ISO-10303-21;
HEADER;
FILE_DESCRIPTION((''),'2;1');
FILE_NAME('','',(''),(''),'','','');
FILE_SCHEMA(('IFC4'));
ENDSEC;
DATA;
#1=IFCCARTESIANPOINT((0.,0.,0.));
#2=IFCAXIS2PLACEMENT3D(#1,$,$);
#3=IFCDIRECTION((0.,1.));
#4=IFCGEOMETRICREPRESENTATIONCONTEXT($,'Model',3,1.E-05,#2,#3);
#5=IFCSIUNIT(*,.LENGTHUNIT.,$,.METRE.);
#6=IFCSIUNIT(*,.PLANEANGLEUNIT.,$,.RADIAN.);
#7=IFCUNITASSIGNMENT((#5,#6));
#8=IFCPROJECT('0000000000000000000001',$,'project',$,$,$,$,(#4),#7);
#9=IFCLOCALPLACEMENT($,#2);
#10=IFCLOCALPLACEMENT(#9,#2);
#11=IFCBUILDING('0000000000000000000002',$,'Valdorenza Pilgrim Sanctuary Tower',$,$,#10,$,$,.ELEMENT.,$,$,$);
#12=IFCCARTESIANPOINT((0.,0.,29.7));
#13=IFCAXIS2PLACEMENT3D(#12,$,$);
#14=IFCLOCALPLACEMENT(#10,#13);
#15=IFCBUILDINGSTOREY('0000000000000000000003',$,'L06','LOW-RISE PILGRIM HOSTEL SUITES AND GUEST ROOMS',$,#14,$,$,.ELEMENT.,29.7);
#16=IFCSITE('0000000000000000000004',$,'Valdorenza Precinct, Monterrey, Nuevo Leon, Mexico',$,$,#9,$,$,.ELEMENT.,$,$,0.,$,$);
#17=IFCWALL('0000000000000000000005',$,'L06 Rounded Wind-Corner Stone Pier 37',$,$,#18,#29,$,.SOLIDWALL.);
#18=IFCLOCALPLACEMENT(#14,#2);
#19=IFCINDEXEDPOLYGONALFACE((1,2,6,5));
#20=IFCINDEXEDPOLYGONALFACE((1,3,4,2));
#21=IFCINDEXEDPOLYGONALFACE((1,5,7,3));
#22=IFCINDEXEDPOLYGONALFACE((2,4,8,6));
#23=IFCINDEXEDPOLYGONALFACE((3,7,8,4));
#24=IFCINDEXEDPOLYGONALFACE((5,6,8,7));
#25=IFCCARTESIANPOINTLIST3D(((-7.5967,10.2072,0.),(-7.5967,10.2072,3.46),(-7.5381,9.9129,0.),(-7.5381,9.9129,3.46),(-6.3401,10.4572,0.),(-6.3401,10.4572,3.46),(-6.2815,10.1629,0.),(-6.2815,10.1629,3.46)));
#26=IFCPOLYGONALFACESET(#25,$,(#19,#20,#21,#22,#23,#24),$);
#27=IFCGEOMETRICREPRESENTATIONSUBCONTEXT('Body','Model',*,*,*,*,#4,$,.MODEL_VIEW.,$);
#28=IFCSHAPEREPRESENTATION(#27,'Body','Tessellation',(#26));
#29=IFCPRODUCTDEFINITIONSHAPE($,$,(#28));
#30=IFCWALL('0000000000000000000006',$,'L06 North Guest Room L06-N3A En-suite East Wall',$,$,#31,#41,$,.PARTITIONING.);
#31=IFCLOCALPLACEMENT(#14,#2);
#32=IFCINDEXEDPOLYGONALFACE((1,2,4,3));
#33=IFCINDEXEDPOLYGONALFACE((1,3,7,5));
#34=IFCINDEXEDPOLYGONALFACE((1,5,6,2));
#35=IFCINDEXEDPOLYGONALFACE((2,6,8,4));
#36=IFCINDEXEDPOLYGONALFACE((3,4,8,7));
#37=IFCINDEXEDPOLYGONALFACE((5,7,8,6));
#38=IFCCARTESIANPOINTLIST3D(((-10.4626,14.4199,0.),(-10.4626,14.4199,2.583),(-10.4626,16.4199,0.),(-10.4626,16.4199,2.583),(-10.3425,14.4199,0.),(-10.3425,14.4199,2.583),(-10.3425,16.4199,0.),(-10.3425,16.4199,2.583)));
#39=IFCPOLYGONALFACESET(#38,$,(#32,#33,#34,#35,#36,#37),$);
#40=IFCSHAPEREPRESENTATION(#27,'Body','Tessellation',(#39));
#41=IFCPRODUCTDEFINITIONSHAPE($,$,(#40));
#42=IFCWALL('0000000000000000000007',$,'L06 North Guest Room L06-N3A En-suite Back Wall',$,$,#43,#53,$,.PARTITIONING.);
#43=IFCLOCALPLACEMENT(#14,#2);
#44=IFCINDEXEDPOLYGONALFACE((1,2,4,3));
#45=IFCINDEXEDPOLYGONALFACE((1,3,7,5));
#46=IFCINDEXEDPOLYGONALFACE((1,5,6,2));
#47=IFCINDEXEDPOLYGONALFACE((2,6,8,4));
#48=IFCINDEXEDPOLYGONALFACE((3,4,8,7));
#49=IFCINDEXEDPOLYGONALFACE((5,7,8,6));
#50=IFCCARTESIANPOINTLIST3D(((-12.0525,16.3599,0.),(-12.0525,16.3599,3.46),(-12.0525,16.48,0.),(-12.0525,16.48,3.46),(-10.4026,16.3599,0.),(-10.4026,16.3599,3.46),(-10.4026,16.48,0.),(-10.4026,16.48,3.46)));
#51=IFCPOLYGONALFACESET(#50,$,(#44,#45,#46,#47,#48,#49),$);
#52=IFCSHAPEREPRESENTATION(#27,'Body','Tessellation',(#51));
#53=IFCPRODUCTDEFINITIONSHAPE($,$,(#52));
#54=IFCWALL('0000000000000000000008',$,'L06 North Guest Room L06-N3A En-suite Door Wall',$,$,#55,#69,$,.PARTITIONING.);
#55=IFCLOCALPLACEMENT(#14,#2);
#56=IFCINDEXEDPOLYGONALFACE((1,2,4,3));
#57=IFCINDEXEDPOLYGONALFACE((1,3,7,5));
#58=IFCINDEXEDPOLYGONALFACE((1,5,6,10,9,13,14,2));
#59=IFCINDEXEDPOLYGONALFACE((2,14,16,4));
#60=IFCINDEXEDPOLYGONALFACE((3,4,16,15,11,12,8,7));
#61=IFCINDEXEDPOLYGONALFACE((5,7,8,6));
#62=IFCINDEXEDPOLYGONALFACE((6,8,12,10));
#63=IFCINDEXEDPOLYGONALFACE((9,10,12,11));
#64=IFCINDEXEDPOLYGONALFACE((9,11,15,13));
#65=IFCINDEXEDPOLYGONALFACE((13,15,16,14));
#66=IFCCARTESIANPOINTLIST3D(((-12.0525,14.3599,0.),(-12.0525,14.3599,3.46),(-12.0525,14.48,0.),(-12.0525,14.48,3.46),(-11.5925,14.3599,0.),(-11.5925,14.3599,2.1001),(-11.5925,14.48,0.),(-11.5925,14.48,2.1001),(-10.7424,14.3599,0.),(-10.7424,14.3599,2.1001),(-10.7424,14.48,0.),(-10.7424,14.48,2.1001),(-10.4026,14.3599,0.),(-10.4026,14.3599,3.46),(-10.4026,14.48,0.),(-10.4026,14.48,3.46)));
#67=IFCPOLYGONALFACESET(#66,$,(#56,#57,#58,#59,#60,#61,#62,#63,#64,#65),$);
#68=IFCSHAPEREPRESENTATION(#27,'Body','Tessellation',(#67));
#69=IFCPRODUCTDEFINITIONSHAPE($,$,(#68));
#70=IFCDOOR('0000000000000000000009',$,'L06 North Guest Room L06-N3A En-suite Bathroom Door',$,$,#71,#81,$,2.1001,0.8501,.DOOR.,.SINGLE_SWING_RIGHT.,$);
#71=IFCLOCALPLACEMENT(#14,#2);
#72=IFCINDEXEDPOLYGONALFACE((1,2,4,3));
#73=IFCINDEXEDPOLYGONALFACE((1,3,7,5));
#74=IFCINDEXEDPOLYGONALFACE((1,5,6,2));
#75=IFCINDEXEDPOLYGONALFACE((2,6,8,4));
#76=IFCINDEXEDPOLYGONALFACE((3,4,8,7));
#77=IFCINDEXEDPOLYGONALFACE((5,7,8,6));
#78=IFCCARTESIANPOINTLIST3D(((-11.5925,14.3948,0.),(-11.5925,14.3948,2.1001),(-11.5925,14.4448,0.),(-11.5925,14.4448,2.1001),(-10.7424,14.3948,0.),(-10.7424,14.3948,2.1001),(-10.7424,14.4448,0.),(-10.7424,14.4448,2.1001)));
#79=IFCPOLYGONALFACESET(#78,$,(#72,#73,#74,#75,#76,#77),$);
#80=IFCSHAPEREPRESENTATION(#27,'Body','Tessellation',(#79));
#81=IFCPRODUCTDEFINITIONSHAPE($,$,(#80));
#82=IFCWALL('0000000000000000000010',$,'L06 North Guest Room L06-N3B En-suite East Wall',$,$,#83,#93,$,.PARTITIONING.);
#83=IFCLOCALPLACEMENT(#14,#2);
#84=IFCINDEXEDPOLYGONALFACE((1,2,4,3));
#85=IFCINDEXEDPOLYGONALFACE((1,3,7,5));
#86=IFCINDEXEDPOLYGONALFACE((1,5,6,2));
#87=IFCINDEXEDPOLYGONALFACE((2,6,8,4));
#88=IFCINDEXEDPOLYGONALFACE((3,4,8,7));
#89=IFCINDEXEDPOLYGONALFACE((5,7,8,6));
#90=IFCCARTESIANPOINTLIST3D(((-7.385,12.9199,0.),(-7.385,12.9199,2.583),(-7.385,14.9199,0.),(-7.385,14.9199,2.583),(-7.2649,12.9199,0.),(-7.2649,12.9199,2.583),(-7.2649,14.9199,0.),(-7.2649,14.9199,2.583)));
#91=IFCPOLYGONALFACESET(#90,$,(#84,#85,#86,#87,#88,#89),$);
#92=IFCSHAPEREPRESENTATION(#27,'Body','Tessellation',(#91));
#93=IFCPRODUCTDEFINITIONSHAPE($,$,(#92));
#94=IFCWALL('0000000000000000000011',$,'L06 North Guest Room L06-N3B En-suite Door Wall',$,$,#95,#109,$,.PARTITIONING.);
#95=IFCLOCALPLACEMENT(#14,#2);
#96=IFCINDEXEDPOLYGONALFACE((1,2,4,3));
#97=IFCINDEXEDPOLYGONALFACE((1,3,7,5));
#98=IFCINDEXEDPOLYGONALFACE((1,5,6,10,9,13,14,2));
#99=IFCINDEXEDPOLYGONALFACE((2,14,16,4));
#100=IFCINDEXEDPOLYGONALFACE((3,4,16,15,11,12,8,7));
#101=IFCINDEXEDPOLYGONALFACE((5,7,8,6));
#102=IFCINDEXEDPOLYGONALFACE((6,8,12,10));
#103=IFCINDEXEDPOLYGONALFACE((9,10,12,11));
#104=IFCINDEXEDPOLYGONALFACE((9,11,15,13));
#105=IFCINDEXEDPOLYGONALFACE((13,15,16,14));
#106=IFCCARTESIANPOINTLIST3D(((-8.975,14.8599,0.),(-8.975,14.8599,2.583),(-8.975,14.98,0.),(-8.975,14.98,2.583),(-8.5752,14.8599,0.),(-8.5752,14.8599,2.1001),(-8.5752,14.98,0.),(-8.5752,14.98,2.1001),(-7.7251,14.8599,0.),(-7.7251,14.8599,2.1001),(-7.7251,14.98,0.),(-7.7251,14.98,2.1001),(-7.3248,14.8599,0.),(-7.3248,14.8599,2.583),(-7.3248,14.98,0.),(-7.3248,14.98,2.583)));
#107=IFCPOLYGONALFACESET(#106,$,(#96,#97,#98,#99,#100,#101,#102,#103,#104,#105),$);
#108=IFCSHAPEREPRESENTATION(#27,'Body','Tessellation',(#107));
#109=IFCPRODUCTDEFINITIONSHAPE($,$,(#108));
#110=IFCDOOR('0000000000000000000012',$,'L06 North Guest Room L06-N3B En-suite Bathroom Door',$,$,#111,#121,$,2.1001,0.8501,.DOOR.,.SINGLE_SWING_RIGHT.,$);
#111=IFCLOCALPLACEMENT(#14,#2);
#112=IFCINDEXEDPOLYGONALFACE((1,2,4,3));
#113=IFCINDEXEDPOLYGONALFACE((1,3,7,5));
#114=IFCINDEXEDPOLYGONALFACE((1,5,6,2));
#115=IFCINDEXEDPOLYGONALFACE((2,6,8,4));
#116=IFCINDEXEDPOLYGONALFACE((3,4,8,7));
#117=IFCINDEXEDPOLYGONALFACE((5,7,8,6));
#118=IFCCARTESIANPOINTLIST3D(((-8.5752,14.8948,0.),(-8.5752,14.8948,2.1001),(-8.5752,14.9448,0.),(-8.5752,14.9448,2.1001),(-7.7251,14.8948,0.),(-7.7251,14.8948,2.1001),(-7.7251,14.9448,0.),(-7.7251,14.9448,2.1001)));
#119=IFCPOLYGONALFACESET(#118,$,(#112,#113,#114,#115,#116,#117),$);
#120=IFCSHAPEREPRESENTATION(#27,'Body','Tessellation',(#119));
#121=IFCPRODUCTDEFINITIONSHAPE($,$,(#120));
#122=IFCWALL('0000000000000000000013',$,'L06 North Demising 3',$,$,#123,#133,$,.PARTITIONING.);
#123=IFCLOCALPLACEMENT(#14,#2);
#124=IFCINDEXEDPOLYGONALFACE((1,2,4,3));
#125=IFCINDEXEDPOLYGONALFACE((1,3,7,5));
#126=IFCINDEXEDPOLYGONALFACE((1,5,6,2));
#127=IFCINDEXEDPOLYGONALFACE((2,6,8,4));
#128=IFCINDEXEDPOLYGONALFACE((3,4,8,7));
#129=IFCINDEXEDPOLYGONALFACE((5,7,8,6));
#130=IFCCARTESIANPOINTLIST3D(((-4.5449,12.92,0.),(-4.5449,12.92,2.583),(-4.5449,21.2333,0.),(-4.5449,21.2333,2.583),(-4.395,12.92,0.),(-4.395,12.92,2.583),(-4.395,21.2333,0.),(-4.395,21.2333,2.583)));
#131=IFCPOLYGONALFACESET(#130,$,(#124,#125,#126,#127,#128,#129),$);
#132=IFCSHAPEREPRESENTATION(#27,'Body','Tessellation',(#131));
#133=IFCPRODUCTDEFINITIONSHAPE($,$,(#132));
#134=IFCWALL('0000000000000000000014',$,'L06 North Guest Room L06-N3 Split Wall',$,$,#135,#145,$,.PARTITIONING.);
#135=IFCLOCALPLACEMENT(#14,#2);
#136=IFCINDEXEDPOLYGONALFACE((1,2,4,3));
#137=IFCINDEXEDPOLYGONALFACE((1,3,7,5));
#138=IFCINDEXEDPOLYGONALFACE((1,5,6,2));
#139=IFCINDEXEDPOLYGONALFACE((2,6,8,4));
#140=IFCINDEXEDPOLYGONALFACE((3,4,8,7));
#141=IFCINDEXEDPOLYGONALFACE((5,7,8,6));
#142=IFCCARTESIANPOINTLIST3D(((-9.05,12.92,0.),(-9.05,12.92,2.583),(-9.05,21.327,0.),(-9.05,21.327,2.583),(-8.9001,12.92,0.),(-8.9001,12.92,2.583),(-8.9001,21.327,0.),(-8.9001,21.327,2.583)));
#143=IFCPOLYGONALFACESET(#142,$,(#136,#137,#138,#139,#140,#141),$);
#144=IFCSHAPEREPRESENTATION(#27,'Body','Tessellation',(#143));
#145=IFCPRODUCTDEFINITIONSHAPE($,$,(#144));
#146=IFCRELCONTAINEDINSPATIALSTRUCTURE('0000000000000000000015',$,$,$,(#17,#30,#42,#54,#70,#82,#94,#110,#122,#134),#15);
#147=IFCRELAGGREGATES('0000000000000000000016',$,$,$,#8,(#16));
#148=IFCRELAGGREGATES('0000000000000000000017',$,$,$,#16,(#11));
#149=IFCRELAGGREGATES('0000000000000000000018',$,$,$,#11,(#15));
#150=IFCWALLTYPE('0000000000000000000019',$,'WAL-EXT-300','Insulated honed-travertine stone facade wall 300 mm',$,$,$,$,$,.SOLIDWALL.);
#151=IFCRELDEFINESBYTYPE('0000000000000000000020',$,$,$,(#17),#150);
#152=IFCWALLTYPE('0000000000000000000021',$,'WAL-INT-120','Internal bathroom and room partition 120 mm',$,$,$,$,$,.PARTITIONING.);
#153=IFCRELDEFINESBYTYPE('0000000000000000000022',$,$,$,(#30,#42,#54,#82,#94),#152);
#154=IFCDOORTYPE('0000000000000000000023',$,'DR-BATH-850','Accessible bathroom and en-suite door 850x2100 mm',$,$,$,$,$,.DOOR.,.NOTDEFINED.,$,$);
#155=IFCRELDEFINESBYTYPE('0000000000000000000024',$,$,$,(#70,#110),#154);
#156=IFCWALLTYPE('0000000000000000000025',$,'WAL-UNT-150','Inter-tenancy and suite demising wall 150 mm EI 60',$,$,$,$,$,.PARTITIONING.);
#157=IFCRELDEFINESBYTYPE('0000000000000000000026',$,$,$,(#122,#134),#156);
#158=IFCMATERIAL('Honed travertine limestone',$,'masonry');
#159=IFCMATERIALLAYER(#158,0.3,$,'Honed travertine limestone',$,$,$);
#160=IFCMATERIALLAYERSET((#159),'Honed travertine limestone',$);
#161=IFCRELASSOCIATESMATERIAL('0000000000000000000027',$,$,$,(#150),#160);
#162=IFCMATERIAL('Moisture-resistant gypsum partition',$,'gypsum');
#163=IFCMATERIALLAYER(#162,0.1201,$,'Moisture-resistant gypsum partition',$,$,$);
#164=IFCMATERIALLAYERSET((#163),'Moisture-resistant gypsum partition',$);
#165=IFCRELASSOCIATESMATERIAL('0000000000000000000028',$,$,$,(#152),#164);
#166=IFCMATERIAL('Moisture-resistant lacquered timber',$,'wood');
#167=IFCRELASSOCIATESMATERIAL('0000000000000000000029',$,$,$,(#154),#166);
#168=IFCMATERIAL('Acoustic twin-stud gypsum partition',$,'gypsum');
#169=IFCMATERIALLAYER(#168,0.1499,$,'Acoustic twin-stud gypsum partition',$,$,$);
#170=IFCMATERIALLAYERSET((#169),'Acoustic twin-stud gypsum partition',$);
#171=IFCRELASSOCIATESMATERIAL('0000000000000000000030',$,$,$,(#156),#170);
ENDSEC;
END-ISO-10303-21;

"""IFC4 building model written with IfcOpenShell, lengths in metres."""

from ifc_helpers import new_model, si_unit, direction, frame, frame_2d, origin, place, context, subcontext, project, spatial, rectangle, extrude, material, layer, layer_set, type_object, element, fill, save


model = new_model("IFC4")

# Units and contexts
model_context = context("Model", 3, precision=1e-05, world=origin(), true_north=direction((0.0, 1.0)))
body_context = subcontext(model_context, "Body", "Model", "MODEL_VIEW")
ifc_project = project(units=[si_unit("LENGTHUNIT", "METRE"), si_unit("PLANEANGLEUNIT", "RADIAN")], contexts=[model_context])

# Site, building, storey
site_placement = place(None, origin())
site = spatial("IfcSite", under=ifc_project, at=site_placement, Name="Valdorenza Precinct, Monterrey, Nuevo Leon, Mexico", CompositionType="ELEMENT", RefElevation=0.0)
building_placement = place(site_placement, origin())
building = spatial("IfcBuilding", under=site, at=building_placement, Name="Valdorenza Pilgrim Sanctuary Tower", CompositionType="ELEMENT")
storey_placement = place(building_placement, frame((0.0, 0.0, 29.7)))
storey = spatial("IfcBuildingStorey", under=building, at=storey_placement, Name="L06", Description="LOW-RISE PILGRIM HOSTEL SUITES AND GUEST ROOMS", CompositionType="ELEMENT", Elevation=29.7)

# Shared definitions
ifc_material_1 = material(Name="Honed travertine limestone", Category="masonry")

# Walls
ifc_layer_1 = layer(ifc_material_1, 0.3, Name="Honed travertine limestone")
ifc_layer_set_1 = layer_set([ifc_layer_1], Name="Honed travertine limestone")
wall_type_1 = type_object("IfcWallType", Name="WAL-EXT-300", Description="Insulated honed-travertine stone facade wall 300 mm", PredefinedType="SOLIDWALL", material=ifc_layer_set_1)
wall_1_placement = place(storey_placement, frame((-6.3108, 10.3101, 0.0), z_axis=(0.0, 0.0, 1.0), x_axis=(-0.980778, -0.195127, 0.0)))
element("IfcWall", 1, at=wall_1_placement, inside=storey, type_object=wall_type_1, Name="L06 Rounded Wind-Corner Stone Pier 37", PredefinedType="SOLIDWALL", context=body_context, shape_type="SweptSolid", body=[
    extrude(rectangle(XDim=1.2812, YDim=0.3, at=frame_2d((0.6406, 0.0))), origin(), (0.0, 0.0, 1.0), 3.46),
])
ifc_material_2 = material(Name="Moisture-resistant gypsum partition", Category="gypsum")
ifc_layer_2 = layer(ifc_material_2, 0.1201, Name="Moisture-resistant gypsum partition")
ifc_layer_set_2 = layer_set([ifc_layer_2], Name="Moisture-resistant gypsum partition")
wall_type_2 = type_object("IfcWallType", Name="WAL-INT-120", Description="Internal bathroom and room partition 120 mm", PredefinedType="PARTITIONING", material=ifc_layer_set_2)
wall_2_placement = place(storey_placement, frame((-10.4026, 14.4199, 0.0), z_axis=(0.0, 0.0, 1.0), x_axis=(0.0, 1.0, 0.0)))
element("IfcWall", 2, at=wall_2_placement, inside=storey, type_object=wall_type_2, Name="L06 North Guest Room L06-N3A En-suite East Wall", PredefinedType="PARTITIONING", context=body_context, shape_type="SweptSolid", body=[
    extrude(rectangle(XDim=2.0, YDim=0.1201, at=frame_2d((1.0, 0.0))), origin(), (0.0, 0.0, 1.0), 2.583),
])
wall_3_placement = place(storey_placement, frame((-12.0525, 16.4199, 0.0), z_axis=(0.0, 0.0, 1.0), x_axis=(1.0, 0.0, 0.0)))
element("IfcWall", 3, at=wall_3_placement, inside=storey, type_object=wall_type_2, Name="L06 North Guest Room L06-N3A En-suite Back Wall", PredefinedType="PARTITIONING", context=body_context, shape_type="SweptSolid", body=[
    extrude(rectangle(XDim=1.6499, YDim=0.1201, at=frame_2d((0.825, 0.0))), origin(), (0.0, 0.0, 1.0), 3.46),
])

# Wall, opening, door
wall_4_placement = place(storey_placement, frame((-12.0525, 14.4199, 0.0), z_axis=(0.0, 0.0, 1.0), x_axis=(1.0, 0.0, 0.0)))
wall_4 = element("IfcWall", 4, at=wall_4_placement, inside=storey, type_object=wall_type_2, Name="L06 North Guest Room L06-N3A En-suite Door Wall", PredefinedType="PARTITIONING", context=body_context, shape_type="SweptSolid", body=[
    extrude(rectangle(XDim=1.6499, YDim=0.1201, at=frame_2d((0.825, 0.0))), origin(), (0.0, 0.0, 1.0), 3.46),
])
opening_1_placement = place(wall_4_placement, frame((0.46, 0.0, 0.0)))
opening_1 = element("IfcOpeningElement", 5, at=opening_1_placement, cuts=wall_4, PredefinedType="OPENING", context=body_context, shape_type="SweptSolid", body=[
    extrude(rectangle(XDim=0.8501, YDim=2.1001, at=frame_2d((0.425, 1.05))), frame((0.0, 0.075, 0.0), z_axis=(0.0, -1.0, 0.0), x_axis=(1.0, 0.0, 0.0)), (0.0, 0.0, 1.0), 0.1499),
])
ifc_material_3 = material(Name="Moisture-resistant lacquered timber", Category="wood")
door_type = type_object("IfcDoorType", Name="DR-BATH-850", Description="Accessible bathroom and en-suite door 850x2100 mm", OperationType="NOTDEFINED", PredefinedType="DOOR", material=ifc_material_3)
door_1_placement = place(opening_1_placement, origin())
door_1 = element("IfcDoor", 6, at=door_1_placement, inside=storey, type_object=door_type, Name="L06 North Guest Room L06-N3A En-suite Bathroom Door", OperationType="SINGLE_SWING_RIGHT", OverallHeight=2.1001, OverallWidth=0.8501, PredefinedType="DOOR", context=body_context, shape_type="SweptSolid", body=[
    extrude(rectangle(XDim=0.8501, YDim=2.1001, at=frame_2d((0.425, 1.05))), frame((0.0, 0.0249, 0.0), z_axis=(0.0, -1.0, 0.0), x_axis=(1.0, 0.0, 0.0)), (0.0, 0.0, 1.0), 0.05),
])
fill(opening_1, door_1)

# Wall
wall_5_placement = place(storey_placement, frame((-7.325, 12.9199, 0.0), z_axis=(0.0, 0.0, 1.0), x_axis=(0.0, 1.0, 0.0)))
element("IfcWall", 7, at=wall_5_placement, inside=storey, type_object=wall_type_2, Name="L06 North Guest Room L06-N3B En-suite East Wall", PredefinedType="PARTITIONING", context=body_context, shape_type="SweptSolid", body=[
    extrude(rectangle(XDim=2.0, YDim=0.1201, at=frame_2d((1.0, 0.0))), origin(), (0.0, 0.0, 1.0), 2.583),
])

# Wall, opening, door
wall_6_placement = place(storey_placement, frame((-8.9751, 14.9199, 0.0), z_axis=(0.0, 0.0, 1.0), x_axis=(1.0, 0.0, 0.0)))
wall_6 = element("IfcWall", 8, at=wall_6_placement, inside=storey, type_object=wall_type_2, Name="L06 North Guest Room L06-N3B En-suite Door Wall", PredefinedType="PARTITIONING", context=body_context, shape_type="SweptSolid", body=[
    extrude(rectangle(XDim=1.6501, YDim=0.1201, at=frame_2d((0.8252, 0.0))), origin(), (0.0, 0.0, 1.0), 2.583),
])
opening_2_placement = place(wall_6_placement, frame((0.3999, 0.0, 0.0)))
opening_2 = element("IfcOpeningElement", 9, at=opening_2_placement, cuts=wall_6, PredefinedType="OPENING", context=body_context, shape_type="SweptSolid", body=[
    extrude(rectangle(XDim=0.8501, YDim=2.1001, at=frame_2d((0.425, 1.05))), frame((0.0, 0.075, 0.0), z_axis=(0.0, -1.0, 0.0), x_axis=(1.0, 0.0, 0.0)), (0.0, 0.0, 1.0), 0.1499),
])
door_2_placement = place(opening_2_placement, origin())
door_2 = element("IfcDoor", 10, at=door_2_placement, inside=storey, type_object=door_type, Name="L06 North Guest Room L06-N3B En-suite Bathroom Door", OperationType="SINGLE_SWING_RIGHT", OverallHeight=2.1001, OverallWidth=0.8501, PredefinedType="DOOR", context=body_context, shape_type="SweptSolid", body=[
    extrude(rectangle(XDim=0.8501, YDim=2.1001, at=frame_2d((0.425, 1.05))), frame((0.0, 0.0249, 0.0), z_axis=(0.0, -1.0, 0.0), x_axis=(1.0, 0.0, 0.0)), (0.0, 0.0, 1.0), 0.05),
])
fill(opening_2, door_2)

# Walls
ifc_material_4 = material(Name="Acoustic twin-stud gypsum partition", Category="gypsum")
ifc_layer_3 = layer(ifc_material_4, 0.1499, Name="Acoustic twin-stud gypsum partition")
ifc_layer_set_3 = layer_set([ifc_layer_3], Name="Acoustic twin-stud gypsum partition")
wall_type_3 = type_object("IfcWallType", Name="WAL-UNT-150", Description="Inter-tenancy and suite demising wall 150 mm EI 60", PredefinedType="PARTITIONING", material=ifc_layer_set_3)
wall_7_placement = place(storey_placement, frame((-4.47, 12.9199, 0.0), z_axis=(0.0, 0.0, 1.0), x_axis=(0.0, 1.0, 0.0)))
element("IfcWall", 11, at=wall_7_placement, inside=storey, type_object=wall_type_3, Name="L06 North Demising 3", PredefinedType="PARTITIONING", context=body_context, shape_type="SweptSolid", body=[
    extrude(rectangle(XDim=8.3132, YDim=0.1499, at=frame_2d((4.1567, 0.0))), origin(), (0.0, 0.0, 1.0), 2.583),
])
wall_8_placement = place(storey_placement, frame((-8.9751, 12.9199, 0.0), z_axis=(0.0, 0.0, 1.0), x_axis=(0.0, 1.0, 0.0)))
element("IfcWall", 12, at=wall_8_placement, inside=storey, type_object=wall_type_3, Name="L06 North Guest Room L06-N3 Split Wall", PredefinedType="PARTITIONING", context=body_context, shape_type="SweptSolid", body=[
    extrude(rectangle(XDim=8.407, YDim=0.1499, at=frame_2d((4.2036, 0.0))), origin(), (0.0, 0.0, 1.0), 2.583),
])

save(model, "model.ifc")
